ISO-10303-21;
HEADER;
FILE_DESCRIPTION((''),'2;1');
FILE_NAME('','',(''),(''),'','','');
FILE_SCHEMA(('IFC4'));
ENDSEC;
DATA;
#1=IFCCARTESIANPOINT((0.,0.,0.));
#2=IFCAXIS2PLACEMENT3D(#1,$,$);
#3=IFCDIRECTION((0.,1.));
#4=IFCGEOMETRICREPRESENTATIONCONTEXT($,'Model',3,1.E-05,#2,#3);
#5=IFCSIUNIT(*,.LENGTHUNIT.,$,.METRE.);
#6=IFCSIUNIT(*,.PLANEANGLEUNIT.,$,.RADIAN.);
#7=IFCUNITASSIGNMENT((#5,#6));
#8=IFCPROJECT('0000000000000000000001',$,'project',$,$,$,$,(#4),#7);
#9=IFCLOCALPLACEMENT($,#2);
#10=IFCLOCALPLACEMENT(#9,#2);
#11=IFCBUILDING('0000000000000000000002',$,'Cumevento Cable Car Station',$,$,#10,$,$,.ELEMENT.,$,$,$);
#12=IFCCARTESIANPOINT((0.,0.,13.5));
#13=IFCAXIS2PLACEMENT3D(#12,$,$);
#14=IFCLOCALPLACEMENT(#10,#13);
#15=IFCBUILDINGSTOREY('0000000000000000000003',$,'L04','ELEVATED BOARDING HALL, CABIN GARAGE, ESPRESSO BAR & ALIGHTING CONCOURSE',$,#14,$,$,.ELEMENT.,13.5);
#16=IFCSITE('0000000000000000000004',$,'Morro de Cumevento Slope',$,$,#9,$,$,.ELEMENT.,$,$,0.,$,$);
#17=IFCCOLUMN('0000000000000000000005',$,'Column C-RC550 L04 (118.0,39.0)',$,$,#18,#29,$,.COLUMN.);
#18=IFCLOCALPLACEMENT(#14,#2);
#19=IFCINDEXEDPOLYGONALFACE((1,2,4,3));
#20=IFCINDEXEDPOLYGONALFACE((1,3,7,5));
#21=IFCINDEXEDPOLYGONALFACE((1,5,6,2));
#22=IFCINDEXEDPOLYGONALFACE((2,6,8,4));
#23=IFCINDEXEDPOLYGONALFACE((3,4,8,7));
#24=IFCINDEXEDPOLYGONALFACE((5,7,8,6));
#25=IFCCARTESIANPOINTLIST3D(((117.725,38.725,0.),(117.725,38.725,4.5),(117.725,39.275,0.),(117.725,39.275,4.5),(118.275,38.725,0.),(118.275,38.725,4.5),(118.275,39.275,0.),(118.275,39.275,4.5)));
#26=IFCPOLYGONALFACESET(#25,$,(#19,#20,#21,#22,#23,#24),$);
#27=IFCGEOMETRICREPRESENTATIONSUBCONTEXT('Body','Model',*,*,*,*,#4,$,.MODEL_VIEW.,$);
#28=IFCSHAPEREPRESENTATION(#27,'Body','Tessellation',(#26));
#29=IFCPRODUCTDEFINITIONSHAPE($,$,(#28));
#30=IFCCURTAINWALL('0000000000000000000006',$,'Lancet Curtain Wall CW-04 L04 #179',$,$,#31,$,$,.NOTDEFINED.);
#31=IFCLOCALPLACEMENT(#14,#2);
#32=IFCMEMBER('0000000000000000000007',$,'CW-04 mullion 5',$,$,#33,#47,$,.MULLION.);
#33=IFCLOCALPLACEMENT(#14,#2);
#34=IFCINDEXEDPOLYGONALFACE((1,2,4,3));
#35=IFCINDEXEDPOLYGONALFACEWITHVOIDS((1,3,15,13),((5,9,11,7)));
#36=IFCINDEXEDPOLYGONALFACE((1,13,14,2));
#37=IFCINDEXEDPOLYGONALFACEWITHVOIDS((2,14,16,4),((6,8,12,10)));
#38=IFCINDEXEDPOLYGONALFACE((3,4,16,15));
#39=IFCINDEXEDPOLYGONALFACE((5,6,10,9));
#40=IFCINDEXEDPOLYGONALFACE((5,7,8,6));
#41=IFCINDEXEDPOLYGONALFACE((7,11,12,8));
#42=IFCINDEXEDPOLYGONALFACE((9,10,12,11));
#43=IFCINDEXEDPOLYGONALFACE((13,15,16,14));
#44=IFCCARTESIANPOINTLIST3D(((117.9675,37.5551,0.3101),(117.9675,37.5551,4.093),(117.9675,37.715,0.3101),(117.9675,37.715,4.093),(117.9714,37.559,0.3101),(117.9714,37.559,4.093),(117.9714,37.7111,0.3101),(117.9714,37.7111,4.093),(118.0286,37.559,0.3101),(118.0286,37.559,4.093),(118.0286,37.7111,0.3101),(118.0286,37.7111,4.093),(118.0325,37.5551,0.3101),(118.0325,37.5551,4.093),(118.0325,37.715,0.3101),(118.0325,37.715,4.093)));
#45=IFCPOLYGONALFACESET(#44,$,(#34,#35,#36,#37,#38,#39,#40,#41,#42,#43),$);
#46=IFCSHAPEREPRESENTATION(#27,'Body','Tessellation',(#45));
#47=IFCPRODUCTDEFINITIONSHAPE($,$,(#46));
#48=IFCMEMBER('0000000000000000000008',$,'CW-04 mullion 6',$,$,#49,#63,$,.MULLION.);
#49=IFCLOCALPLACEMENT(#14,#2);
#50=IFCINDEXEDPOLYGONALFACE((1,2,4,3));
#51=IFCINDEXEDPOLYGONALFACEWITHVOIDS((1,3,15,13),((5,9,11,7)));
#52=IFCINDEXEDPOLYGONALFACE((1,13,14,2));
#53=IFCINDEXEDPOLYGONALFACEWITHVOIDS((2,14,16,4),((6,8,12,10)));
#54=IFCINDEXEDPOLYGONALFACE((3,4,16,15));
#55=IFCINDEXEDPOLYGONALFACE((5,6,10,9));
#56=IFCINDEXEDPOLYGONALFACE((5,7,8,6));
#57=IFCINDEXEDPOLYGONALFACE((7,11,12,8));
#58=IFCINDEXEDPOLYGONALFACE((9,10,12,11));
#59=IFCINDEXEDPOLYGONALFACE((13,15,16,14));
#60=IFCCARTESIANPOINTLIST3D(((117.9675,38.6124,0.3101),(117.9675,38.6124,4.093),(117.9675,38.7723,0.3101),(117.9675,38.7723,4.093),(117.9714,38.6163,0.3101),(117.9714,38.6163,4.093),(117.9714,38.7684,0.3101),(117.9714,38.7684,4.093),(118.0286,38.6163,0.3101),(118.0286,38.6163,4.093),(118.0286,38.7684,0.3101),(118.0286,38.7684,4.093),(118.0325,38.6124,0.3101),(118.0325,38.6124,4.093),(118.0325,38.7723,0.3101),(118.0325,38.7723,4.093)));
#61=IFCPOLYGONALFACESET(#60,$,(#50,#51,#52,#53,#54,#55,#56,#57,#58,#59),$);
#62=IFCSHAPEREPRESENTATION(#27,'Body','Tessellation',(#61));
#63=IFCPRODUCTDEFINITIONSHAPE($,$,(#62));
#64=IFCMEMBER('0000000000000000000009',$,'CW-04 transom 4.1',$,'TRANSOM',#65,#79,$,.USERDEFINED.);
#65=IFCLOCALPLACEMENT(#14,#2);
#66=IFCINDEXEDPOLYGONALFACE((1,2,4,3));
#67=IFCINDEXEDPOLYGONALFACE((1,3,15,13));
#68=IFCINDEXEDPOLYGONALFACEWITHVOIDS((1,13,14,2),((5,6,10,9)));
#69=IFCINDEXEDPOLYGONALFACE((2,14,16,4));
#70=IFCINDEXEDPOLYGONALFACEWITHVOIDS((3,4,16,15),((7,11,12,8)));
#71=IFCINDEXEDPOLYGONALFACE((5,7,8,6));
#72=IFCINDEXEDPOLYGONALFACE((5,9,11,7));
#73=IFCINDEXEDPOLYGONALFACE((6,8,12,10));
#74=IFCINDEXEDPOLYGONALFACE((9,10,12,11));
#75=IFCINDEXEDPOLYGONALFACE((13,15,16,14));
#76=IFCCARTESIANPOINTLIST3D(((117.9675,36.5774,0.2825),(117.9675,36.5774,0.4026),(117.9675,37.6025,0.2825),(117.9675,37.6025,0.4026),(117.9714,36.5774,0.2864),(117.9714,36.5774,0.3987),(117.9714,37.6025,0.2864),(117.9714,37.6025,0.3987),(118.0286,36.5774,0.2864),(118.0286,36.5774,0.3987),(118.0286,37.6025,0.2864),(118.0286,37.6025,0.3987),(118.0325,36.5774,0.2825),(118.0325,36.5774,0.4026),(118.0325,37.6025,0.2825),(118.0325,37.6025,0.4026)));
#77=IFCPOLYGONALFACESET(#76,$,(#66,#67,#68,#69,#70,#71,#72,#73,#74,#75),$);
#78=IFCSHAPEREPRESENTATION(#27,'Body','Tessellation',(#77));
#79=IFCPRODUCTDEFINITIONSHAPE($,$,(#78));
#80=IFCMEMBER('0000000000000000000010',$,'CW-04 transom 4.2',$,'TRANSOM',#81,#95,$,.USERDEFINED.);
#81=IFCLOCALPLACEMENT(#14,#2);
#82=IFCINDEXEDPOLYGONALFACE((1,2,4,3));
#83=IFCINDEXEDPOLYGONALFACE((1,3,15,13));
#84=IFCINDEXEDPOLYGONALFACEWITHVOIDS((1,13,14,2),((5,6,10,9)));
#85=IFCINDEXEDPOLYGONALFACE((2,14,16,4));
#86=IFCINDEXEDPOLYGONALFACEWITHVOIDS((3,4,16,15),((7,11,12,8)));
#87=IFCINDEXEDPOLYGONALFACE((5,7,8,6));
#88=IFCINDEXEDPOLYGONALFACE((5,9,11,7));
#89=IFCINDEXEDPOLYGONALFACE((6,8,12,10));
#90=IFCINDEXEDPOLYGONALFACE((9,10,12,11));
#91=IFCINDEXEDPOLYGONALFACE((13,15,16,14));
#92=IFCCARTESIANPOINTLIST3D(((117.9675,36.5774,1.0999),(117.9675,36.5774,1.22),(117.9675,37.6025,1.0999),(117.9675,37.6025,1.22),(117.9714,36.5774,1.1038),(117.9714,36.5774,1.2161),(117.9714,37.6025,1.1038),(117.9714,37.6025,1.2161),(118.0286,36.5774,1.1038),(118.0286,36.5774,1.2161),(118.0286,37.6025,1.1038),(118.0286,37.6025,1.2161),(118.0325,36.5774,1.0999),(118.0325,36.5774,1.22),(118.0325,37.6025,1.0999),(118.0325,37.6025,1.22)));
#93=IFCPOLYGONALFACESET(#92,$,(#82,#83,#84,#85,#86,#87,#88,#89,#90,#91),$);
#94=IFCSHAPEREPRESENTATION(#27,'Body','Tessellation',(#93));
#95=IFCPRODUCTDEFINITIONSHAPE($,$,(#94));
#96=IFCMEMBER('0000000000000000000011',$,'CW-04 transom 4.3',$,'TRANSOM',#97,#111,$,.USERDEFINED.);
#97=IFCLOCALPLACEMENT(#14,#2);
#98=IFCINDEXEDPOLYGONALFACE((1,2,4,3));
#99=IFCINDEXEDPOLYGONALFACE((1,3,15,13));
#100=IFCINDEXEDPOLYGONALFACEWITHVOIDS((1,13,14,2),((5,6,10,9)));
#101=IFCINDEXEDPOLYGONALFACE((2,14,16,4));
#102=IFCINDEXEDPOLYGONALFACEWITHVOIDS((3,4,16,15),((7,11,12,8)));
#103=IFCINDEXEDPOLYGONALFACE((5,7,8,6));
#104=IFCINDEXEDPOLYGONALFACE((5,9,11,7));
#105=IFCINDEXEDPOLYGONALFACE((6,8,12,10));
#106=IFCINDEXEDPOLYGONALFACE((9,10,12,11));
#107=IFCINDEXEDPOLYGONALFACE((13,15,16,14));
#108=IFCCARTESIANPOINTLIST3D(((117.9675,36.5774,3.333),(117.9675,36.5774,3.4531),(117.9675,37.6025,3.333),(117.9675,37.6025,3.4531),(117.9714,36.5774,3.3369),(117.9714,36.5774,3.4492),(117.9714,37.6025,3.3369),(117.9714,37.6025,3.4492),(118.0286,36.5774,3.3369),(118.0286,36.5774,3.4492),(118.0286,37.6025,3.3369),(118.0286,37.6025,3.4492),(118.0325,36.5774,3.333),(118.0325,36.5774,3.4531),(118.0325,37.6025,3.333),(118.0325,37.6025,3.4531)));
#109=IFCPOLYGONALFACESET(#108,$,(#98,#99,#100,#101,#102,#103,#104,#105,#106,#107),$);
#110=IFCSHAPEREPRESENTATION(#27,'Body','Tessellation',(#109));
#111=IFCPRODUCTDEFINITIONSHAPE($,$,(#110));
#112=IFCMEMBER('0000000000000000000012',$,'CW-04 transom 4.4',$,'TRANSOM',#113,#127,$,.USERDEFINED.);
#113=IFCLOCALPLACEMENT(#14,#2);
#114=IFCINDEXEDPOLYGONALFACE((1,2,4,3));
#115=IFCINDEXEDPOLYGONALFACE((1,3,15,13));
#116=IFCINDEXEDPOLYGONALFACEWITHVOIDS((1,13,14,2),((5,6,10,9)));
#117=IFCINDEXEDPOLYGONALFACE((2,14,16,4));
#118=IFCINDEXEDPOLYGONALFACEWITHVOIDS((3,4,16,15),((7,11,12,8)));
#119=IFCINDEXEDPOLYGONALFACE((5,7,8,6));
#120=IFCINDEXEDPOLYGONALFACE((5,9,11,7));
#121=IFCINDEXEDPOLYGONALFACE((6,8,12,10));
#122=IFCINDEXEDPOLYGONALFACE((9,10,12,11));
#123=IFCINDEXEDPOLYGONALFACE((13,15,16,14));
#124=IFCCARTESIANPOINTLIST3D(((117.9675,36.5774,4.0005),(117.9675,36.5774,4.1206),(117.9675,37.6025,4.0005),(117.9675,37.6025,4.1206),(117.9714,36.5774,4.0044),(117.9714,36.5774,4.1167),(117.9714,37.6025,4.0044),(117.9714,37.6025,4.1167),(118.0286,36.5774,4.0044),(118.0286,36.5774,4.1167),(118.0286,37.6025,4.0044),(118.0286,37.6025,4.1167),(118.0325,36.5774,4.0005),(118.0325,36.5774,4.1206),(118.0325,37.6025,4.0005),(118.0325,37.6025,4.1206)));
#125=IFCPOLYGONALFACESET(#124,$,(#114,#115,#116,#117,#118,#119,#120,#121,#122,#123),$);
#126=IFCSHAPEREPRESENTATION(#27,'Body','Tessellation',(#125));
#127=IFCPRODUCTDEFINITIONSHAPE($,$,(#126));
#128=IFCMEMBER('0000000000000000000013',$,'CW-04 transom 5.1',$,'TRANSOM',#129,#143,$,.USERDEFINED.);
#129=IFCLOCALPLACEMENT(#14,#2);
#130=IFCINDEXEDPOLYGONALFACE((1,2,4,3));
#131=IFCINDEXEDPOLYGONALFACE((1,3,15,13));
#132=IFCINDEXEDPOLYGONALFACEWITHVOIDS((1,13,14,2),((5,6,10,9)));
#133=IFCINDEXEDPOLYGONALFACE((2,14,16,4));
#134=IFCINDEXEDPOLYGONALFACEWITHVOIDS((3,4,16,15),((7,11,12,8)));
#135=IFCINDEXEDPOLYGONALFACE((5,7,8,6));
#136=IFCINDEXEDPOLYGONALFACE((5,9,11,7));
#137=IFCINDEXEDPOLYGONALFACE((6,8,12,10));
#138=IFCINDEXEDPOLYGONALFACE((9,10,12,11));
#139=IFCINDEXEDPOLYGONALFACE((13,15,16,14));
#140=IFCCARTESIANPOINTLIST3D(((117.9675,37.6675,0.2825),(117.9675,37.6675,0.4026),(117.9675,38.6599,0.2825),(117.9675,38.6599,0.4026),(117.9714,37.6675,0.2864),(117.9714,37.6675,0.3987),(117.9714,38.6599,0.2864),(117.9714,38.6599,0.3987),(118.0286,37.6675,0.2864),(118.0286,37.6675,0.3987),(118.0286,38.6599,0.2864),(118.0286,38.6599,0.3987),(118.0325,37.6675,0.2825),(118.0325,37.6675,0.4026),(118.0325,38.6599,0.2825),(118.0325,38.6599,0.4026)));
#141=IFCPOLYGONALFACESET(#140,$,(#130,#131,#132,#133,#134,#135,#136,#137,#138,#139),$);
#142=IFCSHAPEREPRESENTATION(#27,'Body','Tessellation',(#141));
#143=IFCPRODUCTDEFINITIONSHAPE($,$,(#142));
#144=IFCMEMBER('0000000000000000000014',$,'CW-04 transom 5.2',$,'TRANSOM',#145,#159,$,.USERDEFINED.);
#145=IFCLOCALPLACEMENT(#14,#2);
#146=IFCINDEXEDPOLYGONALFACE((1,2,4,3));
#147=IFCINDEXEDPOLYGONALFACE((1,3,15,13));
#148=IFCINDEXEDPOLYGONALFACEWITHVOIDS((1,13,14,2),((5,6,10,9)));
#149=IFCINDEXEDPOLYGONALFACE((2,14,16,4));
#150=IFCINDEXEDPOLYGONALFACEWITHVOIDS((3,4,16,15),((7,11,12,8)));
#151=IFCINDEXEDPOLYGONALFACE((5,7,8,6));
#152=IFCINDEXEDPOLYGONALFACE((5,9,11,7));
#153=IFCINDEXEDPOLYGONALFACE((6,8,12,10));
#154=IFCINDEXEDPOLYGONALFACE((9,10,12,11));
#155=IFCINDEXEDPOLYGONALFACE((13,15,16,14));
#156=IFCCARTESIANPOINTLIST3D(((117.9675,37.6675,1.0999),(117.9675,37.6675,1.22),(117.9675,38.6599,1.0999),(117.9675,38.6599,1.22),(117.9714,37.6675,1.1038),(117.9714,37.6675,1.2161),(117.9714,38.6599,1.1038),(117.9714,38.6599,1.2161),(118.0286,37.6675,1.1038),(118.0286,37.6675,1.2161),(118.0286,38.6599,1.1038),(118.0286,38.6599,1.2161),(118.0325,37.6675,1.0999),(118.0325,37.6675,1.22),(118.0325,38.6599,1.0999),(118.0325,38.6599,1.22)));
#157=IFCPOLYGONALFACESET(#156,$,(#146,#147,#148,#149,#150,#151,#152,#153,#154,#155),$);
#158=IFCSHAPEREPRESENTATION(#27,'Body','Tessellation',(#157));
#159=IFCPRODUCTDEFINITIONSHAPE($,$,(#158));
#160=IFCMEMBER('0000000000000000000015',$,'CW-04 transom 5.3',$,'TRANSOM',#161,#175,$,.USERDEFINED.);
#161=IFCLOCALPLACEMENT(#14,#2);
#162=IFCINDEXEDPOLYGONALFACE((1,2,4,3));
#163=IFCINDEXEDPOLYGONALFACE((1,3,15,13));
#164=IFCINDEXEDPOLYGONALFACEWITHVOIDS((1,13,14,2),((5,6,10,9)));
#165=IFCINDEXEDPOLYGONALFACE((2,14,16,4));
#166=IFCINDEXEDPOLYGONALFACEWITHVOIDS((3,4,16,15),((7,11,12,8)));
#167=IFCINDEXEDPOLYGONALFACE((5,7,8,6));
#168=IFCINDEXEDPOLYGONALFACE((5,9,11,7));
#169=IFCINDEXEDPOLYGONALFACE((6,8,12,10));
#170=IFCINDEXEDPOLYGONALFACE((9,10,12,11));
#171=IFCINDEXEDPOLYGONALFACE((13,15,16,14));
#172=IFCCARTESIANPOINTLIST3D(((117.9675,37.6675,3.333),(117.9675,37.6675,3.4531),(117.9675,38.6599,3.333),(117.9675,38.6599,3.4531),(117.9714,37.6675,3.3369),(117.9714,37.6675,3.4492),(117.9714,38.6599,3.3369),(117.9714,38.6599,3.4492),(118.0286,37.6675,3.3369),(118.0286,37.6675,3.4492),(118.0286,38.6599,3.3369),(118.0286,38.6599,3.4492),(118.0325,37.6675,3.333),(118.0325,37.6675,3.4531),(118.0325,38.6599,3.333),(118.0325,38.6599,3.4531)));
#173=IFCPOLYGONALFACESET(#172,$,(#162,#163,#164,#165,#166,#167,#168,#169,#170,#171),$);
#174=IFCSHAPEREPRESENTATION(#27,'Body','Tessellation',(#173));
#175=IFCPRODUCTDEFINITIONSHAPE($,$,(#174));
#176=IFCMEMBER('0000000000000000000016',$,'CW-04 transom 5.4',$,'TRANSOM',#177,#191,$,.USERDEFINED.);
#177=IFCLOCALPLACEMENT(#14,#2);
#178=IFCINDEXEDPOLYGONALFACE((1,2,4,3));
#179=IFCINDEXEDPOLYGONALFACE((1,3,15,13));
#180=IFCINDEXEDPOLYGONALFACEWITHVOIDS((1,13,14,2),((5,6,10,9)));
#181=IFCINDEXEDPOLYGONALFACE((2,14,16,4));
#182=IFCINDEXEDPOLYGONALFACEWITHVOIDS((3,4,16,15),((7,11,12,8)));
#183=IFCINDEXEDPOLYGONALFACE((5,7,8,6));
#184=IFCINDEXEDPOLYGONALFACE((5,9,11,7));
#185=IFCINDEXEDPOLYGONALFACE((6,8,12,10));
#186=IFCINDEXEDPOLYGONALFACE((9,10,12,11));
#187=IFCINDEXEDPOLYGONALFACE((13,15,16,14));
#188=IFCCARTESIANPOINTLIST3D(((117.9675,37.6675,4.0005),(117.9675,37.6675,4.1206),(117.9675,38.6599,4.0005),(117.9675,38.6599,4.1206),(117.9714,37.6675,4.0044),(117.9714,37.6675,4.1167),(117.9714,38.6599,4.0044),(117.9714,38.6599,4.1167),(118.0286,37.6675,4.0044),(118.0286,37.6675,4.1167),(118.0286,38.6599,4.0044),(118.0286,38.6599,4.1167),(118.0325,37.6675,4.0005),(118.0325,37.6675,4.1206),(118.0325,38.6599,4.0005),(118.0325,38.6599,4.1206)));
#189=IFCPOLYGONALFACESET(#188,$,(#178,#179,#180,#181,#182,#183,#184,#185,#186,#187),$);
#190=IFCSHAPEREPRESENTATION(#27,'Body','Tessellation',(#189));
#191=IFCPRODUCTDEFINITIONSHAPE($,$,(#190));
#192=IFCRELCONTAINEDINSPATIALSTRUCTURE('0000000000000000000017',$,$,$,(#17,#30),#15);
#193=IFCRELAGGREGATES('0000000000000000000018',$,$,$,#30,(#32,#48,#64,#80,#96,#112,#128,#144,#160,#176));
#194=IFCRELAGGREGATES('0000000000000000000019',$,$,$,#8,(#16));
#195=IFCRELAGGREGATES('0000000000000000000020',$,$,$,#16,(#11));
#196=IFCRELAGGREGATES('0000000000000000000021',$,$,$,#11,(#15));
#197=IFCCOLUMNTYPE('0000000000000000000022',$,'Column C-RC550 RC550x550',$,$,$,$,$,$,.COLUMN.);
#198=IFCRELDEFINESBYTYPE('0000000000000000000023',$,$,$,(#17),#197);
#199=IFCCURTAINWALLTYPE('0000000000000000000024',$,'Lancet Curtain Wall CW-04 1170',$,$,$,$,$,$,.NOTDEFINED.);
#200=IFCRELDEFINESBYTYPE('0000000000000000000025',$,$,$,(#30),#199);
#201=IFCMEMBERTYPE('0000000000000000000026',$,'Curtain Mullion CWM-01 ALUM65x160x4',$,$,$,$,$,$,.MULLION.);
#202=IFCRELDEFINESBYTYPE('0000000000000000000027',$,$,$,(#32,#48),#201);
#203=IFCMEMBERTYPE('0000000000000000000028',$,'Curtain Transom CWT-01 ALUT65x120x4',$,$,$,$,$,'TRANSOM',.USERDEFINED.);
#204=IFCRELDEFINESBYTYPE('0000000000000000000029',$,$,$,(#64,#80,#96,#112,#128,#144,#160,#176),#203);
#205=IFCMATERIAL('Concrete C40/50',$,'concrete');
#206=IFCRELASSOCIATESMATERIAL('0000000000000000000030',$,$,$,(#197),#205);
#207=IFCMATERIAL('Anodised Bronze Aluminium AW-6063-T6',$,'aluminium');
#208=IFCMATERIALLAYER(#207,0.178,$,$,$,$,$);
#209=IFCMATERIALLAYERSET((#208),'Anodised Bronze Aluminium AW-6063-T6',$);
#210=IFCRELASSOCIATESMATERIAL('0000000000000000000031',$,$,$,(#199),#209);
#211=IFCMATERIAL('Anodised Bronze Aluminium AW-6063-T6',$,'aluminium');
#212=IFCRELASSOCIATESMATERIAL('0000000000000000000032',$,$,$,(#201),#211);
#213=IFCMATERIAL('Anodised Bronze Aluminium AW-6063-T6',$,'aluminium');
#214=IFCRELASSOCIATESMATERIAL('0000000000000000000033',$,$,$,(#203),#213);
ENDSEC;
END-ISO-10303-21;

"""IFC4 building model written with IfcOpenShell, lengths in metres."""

from ifc_helpers import new_model, si_unit, direction, frame, origin, origin_2d, place, context, subcontext, project, spatial, rectangle, hollow_rectangle, extrude, material, layer, layer_set, material_profile, profile_set, type_object, element, aggregate, save


model = new_model("IFC4")

# Units and contexts
model_context = context("Model", 3, precision=1e-05, world=origin(), true_north=direction((0.0, 1.0)))
body_context = subcontext(model_context, "Body", "Model", "MODEL_VIEW")
ifc_project = project(units=[si_unit("LENGTHUNIT", "METRE"), si_unit("PLANEANGLEUNIT", "RADIAN")], contexts=[model_context])

# Site, building, storey
site_placement = place(None, origin())
site = spatial("IfcSite", under=ifc_project, at=site_placement, Name="Morro de Cumevento Slope", CompositionType="ELEMENT", RefElevation=0.0)
building_placement = place(site_placement, origin())
building = spatial("IfcBuilding", under=site, at=building_placement, Name="Cumevento Cable Car Station", CompositionType="ELEMENT")
storey_placement = place(building_placement, frame((0.0, 0.0, 13.5)))
storey = spatial("IfcBuildingStorey", under=building, at=storey_placement, Name="L04", Description="ELEVATED BOARDING HALL, CABIN GARAGE, ESPRESSO BAR & ALIGHTING CONCOURSE", CompositionType="ELEMENT", Elevation=13.5)

# Column
ifc_material_1 = material(Name="Concrete C40/50", Category="concrete")
ifc_material_profile_1 = material_profile(ifc_material_1, rectangle(XDim=0.55, YDim=0.55, at=origin_2d()), Name="RC550x550")
ifc_profile_set_1 = profile_set([ifc_material_profile_1], Name="Concrete C40/50")
column_type = type_object("IfcColumnType", Name="Column C-RC550 RC550x550", PredefinedType="COLUMN", material=ifc_profile_set_1)
column_placement = place(storey_placement, frame((118.0, 39.0, 0.0), z_axis=(0.0, 0.0, 1.0), x_axis=(1.0, 0.0, 0.0)))
element("IfcColumn", 1, at=column_placement, inside=storey, type_object=column_type, Name="Column C-RC550 L04 (118.0,39.0)", PredefinedType="COLUMN", context=body_context, shape_type="SweptSolid", body=[
    extrude(rectangle(XDim=0.55, YDim=0.55, at=origin_2d()), origin(), (0.0, 0.0, 1.0), 4.5),
])

# Curtain wall, members
ifc_material_2 = material(Name="Anodised Bronze Aluminium AW-6063-T6", Category="aluminium")
ifc_layer_1 = layer(ifc_material_2, 0.178)
ifc_layer_set_1 = layer_set([ifc_layer_1], Name="Anodised Bronze Aluminium AW-6063-T6")
curtain_wall_type = type_object("IfcCurtainWallType", Name="Lancet Curtain Wall CW-04 1170", PredefinedType="NOTDEFINED", material=ifc_layer_set_1)
curtain_wall_placement = place(storey_placement, origin())
curtain_wall = element("IfcCurtainWall", 2, at=curtain_wall_placement, inside=storey, type_object=curtain_wall_type, Name="Lancet Curtain Wall CW-04 L04 #179", PredefinedType="NOTDEFINED")
ifc_material_3 = material(Name="Anodised Bronze Aluminium AW-6063-T6", Category="aluminium")
ifc_material_profile_2 = material_profile(ifc_material_3, hollow_rectangle(XDim=0.0649, YDim=0.1599, WallThickness=0.0039, at=origin_2d()), Name="ALUM65x160x4")
ifc_profile_set_2 = profile_set([ifc_material_profile_2], Name="Anodised Bronze Aluminium AW-6063-T6")
member_type_1 = type_object("IfcMemberType", Name="Curtain Mullion CWM-01 ALUM65x160x4", PredefinedType="MULLION", material=ifc_profile_set_2)
member_1_placement = place(storey_placement, frame((118.0, 37.635, 0.3101), z_axis=(0.0, 0.0, 1.0), x_axis=(-1.0, 0.0, 0.0)))
member_1 = element("IfcMember", 3, at=member_1_placement, type_object=member_type_1, Name="CW-04 mullion 5", PredefinedType="MULLION", context=body_context, shape_type="SweptSolid", body=[
    extrude(hollow_rectangle(XDim=0.0649, YDim=0.1599, WallThickness=0.0039, at=origin_2d()), origin(), (0.0, 0.0, 1.0), 3.783),
])
member_2_placement = place(storey_placement, frame((118.0, 38.6924, 0.3101), z_axis=(0.0, 0.0, 1.0), x_axis=(-1.0, 0.0, 0.0)))
member_2 = element("IfcMember", 4, at=member_2_placement, type_object=member_type_1, Name="CW-04 mullion 6", PredefinedType="MULLION", context=body_context, shape_type="SweptSolid", body=[
    extrude(hollow_rectangle(XDim=0.0649, YDim=0.1599, WallThickness=0.0039, at=origin_2d()), origin(), (0.0, 0.0, 1.0), 3.783),
])
ifc_material_4 = material(Name="Anodised Bronze Aluminium AW-6063-T6", Category="aluminium")
ifc_material_profile_3 = material_profile(ifc_material_4, hollow_rectangle(XDim=0.0649, YDim=0.1201, WallThickness=0.0039, at=origin_2d()), Name="ALUT65x120x4")
ifc_profile_set_3 = profile_set([ifc_material_profile_3], Name="Anodised Bronze Aluminium AW-6063-T6")
member_type_2 = type_object("IfcMemberType", Name="Curtain Transom CWT-01 ALUT65x120x4", ElementType="TRANSOM", PredefinedType="USERDEFINED", material=ifc_profile_set_3)
member_3_placement = place(storey_placement, frame((118.0, 36.5774, 0.3425), z_axis=(0.0, 1.0, 0.0), x_axis=(-1.0, 0.0, 0.0)))
member_3 = element("IfcMember", 5, at=member_3_placement, type_object=member_type_2, Name="CW-04 transom 4.1", ObjectType="TRANSOM", PredefinedType="USERDEFINED", context=body_context, shape_type="SweptSolid", body=[
    extrude(hollow_rectangle(XDim=0.0649, YDim=0.1201, WallThickness=0.0039, at=origin_2d()), origin(), (0.0, 0.0, 1.0), 1.0251),
])
member_4_placement = place(storey_placement, frame((118.0, 36.5774, 1.1599), z_axis=(0.0, 1.0, 0.0), x_axis=(-1.0, 0.0, 0.0)))
member_4 = element("IfcMember", 6, at=member_4_placement, type_object=member_type_2, Name="CW-04 transom 4.2", ObjectType="TRANSOM", PredefinedType="USERDEFINED", context=body_context, shape_type="SweptSolid", body=[
    extrude(hollow_rectangle(XDim=0.0649, YDim=0.1201, WallThickness=0.0039, at=origin_2d()), origin(), (0.0, 0.0, 1.0), 1.0251),
])
member_5_placement = place(storey_placement, frame((118.0, 36.5774, 3.3931), z_axis=(0.0, 1.0, 0.0), x_axis=(-1.0, 0.0, 0.0)))
member_5 = element("IfcMember", 7, at=member_5_placement, type_object=member_type_2, Name="CW-04 transom 4.3", ObjectType="TRANSOM", PredefinedType="USERDEFINED", context=body_context, shape_type="SweptSolid", body=[
    extrude(hollow_rectangle(XDim=0.0649, YDim=0.1201, WallThickness=0.0039, at=origin_2d()), origin(), (0.0, 0.0, 1.0), 1.0251),
])
member_6_placement = place(storey_placement, frame((118.0, 36.5774, 4.0605), z_axis=(0.0, 1.0, 0.0), x_axis=(-1.0, 0.0, 0.0)))
member_6 = element("IfcMember", 8, at=member_6_placement, type_object=member_type_2, Name="CW-04 transom 4.4", ObjectType="TRANSOM", PredefinedType="USERDEFINED", context=body_context, shape_type="SweptSolid", body=[
    extrude(hollow_rectangle(XDim=0.0649, YDim=0.1201, WallThickness=0.0039, at=origin_2d()), origin(), (0.0, 0.0, 1.0), 1.0251),
])
member_7_placement = place(storey_placement, frame((118.0, 37.6675, 0.3425), z_axis=(0.0, 1.0, 0.0), x_axis=(-1.0, 0.0, 0.0)))
member_7 = element("IfcMember", 9, at=member_7_placement, type_object=member_type_2, Name="CW-04 transom 5.1", ObjectType="TRANSOM", PredefinedType="USERDEFINED", context=body_context, shape_type="SweptSolid", body=[
    extrude(hollow_rectangle(XDim=0.0649, YDim=0.1201, WallThickness=0.0039, at=origin_2d()), origin(), (0.0, 0.0, 1.0), 0.9924),
])
member_8_placement = place(storey_placement, frame((118.0, 37.6675, 1.1599), z_axis=(0.0, 1.0, 0.0), x_axis=(-1.0, 0.0, 0.0)))
member_8 = element("IfcMember", 10, at=member_8_placement, type_object=member_type_2, Name="CW-04 transom 5.2", ObjectType="TRANSOM", PredefinedType="USERDEFINED", context=body_context, shape_type="SweptSolid", body=[
    extrude(hollow_rectangle(XDim=0.0649, YDim=0.1201, WallThickness=0.0039, at=origin_2d()), origin(), (0.0, 0.0, 1.0), 0.9924),
])
member_9_placement = place(storey_placement, frame((118.0, 37.6675, 3.3931), z_axis=(0.0, 1.0, 0.0), x_axis=(-1.0, 0.0, 0.0)))
member_9 = element("IfcMember", 11, at=member_9_placement, type_object=member_type_2, Name="CW-04 transom 5.3", ObjectType="TRANSOM", PredefinedType="USERDEFINED", context=body_context, shape_type="SweptSolid", body=[
    extrude(hollow_rectangle(XDim=0.0649, YDim=0.1201, WallThickness=0.0039, at=origin_2d()), origin(), (0.0, 0.0, 1.0), 0.9924),
])
member_10_placement = place(storey_placement, frame((118.0, 37.6675, 4.0605), z_axis=(0.0, 1.0, 0.0), x_axis=(-1.0, 0.0, 0.0)))
member_10 = element("IfcMember", 12, at=member_10_placement, type_object=member_type_2, Name="CW-04 transom 5.4", ObjectType="TRANSOM", PredefinedType="USERDEFINED", context=body_context, shape_type="SweptSolid", body=[
    extrude(hollow_rectangle(XDim=0.0649, YDim=0.1201, WallThickness=0.0039, at=origin_2d()), origin(), (0.0, 0.0, 1.0), 0.9924),
])

aggregate(curtain_wall, [member_1, member_2, member_3, member_4, member_5, member_6, member_7, member_8, member_9, member_10])

save(model, "model.ifc")
